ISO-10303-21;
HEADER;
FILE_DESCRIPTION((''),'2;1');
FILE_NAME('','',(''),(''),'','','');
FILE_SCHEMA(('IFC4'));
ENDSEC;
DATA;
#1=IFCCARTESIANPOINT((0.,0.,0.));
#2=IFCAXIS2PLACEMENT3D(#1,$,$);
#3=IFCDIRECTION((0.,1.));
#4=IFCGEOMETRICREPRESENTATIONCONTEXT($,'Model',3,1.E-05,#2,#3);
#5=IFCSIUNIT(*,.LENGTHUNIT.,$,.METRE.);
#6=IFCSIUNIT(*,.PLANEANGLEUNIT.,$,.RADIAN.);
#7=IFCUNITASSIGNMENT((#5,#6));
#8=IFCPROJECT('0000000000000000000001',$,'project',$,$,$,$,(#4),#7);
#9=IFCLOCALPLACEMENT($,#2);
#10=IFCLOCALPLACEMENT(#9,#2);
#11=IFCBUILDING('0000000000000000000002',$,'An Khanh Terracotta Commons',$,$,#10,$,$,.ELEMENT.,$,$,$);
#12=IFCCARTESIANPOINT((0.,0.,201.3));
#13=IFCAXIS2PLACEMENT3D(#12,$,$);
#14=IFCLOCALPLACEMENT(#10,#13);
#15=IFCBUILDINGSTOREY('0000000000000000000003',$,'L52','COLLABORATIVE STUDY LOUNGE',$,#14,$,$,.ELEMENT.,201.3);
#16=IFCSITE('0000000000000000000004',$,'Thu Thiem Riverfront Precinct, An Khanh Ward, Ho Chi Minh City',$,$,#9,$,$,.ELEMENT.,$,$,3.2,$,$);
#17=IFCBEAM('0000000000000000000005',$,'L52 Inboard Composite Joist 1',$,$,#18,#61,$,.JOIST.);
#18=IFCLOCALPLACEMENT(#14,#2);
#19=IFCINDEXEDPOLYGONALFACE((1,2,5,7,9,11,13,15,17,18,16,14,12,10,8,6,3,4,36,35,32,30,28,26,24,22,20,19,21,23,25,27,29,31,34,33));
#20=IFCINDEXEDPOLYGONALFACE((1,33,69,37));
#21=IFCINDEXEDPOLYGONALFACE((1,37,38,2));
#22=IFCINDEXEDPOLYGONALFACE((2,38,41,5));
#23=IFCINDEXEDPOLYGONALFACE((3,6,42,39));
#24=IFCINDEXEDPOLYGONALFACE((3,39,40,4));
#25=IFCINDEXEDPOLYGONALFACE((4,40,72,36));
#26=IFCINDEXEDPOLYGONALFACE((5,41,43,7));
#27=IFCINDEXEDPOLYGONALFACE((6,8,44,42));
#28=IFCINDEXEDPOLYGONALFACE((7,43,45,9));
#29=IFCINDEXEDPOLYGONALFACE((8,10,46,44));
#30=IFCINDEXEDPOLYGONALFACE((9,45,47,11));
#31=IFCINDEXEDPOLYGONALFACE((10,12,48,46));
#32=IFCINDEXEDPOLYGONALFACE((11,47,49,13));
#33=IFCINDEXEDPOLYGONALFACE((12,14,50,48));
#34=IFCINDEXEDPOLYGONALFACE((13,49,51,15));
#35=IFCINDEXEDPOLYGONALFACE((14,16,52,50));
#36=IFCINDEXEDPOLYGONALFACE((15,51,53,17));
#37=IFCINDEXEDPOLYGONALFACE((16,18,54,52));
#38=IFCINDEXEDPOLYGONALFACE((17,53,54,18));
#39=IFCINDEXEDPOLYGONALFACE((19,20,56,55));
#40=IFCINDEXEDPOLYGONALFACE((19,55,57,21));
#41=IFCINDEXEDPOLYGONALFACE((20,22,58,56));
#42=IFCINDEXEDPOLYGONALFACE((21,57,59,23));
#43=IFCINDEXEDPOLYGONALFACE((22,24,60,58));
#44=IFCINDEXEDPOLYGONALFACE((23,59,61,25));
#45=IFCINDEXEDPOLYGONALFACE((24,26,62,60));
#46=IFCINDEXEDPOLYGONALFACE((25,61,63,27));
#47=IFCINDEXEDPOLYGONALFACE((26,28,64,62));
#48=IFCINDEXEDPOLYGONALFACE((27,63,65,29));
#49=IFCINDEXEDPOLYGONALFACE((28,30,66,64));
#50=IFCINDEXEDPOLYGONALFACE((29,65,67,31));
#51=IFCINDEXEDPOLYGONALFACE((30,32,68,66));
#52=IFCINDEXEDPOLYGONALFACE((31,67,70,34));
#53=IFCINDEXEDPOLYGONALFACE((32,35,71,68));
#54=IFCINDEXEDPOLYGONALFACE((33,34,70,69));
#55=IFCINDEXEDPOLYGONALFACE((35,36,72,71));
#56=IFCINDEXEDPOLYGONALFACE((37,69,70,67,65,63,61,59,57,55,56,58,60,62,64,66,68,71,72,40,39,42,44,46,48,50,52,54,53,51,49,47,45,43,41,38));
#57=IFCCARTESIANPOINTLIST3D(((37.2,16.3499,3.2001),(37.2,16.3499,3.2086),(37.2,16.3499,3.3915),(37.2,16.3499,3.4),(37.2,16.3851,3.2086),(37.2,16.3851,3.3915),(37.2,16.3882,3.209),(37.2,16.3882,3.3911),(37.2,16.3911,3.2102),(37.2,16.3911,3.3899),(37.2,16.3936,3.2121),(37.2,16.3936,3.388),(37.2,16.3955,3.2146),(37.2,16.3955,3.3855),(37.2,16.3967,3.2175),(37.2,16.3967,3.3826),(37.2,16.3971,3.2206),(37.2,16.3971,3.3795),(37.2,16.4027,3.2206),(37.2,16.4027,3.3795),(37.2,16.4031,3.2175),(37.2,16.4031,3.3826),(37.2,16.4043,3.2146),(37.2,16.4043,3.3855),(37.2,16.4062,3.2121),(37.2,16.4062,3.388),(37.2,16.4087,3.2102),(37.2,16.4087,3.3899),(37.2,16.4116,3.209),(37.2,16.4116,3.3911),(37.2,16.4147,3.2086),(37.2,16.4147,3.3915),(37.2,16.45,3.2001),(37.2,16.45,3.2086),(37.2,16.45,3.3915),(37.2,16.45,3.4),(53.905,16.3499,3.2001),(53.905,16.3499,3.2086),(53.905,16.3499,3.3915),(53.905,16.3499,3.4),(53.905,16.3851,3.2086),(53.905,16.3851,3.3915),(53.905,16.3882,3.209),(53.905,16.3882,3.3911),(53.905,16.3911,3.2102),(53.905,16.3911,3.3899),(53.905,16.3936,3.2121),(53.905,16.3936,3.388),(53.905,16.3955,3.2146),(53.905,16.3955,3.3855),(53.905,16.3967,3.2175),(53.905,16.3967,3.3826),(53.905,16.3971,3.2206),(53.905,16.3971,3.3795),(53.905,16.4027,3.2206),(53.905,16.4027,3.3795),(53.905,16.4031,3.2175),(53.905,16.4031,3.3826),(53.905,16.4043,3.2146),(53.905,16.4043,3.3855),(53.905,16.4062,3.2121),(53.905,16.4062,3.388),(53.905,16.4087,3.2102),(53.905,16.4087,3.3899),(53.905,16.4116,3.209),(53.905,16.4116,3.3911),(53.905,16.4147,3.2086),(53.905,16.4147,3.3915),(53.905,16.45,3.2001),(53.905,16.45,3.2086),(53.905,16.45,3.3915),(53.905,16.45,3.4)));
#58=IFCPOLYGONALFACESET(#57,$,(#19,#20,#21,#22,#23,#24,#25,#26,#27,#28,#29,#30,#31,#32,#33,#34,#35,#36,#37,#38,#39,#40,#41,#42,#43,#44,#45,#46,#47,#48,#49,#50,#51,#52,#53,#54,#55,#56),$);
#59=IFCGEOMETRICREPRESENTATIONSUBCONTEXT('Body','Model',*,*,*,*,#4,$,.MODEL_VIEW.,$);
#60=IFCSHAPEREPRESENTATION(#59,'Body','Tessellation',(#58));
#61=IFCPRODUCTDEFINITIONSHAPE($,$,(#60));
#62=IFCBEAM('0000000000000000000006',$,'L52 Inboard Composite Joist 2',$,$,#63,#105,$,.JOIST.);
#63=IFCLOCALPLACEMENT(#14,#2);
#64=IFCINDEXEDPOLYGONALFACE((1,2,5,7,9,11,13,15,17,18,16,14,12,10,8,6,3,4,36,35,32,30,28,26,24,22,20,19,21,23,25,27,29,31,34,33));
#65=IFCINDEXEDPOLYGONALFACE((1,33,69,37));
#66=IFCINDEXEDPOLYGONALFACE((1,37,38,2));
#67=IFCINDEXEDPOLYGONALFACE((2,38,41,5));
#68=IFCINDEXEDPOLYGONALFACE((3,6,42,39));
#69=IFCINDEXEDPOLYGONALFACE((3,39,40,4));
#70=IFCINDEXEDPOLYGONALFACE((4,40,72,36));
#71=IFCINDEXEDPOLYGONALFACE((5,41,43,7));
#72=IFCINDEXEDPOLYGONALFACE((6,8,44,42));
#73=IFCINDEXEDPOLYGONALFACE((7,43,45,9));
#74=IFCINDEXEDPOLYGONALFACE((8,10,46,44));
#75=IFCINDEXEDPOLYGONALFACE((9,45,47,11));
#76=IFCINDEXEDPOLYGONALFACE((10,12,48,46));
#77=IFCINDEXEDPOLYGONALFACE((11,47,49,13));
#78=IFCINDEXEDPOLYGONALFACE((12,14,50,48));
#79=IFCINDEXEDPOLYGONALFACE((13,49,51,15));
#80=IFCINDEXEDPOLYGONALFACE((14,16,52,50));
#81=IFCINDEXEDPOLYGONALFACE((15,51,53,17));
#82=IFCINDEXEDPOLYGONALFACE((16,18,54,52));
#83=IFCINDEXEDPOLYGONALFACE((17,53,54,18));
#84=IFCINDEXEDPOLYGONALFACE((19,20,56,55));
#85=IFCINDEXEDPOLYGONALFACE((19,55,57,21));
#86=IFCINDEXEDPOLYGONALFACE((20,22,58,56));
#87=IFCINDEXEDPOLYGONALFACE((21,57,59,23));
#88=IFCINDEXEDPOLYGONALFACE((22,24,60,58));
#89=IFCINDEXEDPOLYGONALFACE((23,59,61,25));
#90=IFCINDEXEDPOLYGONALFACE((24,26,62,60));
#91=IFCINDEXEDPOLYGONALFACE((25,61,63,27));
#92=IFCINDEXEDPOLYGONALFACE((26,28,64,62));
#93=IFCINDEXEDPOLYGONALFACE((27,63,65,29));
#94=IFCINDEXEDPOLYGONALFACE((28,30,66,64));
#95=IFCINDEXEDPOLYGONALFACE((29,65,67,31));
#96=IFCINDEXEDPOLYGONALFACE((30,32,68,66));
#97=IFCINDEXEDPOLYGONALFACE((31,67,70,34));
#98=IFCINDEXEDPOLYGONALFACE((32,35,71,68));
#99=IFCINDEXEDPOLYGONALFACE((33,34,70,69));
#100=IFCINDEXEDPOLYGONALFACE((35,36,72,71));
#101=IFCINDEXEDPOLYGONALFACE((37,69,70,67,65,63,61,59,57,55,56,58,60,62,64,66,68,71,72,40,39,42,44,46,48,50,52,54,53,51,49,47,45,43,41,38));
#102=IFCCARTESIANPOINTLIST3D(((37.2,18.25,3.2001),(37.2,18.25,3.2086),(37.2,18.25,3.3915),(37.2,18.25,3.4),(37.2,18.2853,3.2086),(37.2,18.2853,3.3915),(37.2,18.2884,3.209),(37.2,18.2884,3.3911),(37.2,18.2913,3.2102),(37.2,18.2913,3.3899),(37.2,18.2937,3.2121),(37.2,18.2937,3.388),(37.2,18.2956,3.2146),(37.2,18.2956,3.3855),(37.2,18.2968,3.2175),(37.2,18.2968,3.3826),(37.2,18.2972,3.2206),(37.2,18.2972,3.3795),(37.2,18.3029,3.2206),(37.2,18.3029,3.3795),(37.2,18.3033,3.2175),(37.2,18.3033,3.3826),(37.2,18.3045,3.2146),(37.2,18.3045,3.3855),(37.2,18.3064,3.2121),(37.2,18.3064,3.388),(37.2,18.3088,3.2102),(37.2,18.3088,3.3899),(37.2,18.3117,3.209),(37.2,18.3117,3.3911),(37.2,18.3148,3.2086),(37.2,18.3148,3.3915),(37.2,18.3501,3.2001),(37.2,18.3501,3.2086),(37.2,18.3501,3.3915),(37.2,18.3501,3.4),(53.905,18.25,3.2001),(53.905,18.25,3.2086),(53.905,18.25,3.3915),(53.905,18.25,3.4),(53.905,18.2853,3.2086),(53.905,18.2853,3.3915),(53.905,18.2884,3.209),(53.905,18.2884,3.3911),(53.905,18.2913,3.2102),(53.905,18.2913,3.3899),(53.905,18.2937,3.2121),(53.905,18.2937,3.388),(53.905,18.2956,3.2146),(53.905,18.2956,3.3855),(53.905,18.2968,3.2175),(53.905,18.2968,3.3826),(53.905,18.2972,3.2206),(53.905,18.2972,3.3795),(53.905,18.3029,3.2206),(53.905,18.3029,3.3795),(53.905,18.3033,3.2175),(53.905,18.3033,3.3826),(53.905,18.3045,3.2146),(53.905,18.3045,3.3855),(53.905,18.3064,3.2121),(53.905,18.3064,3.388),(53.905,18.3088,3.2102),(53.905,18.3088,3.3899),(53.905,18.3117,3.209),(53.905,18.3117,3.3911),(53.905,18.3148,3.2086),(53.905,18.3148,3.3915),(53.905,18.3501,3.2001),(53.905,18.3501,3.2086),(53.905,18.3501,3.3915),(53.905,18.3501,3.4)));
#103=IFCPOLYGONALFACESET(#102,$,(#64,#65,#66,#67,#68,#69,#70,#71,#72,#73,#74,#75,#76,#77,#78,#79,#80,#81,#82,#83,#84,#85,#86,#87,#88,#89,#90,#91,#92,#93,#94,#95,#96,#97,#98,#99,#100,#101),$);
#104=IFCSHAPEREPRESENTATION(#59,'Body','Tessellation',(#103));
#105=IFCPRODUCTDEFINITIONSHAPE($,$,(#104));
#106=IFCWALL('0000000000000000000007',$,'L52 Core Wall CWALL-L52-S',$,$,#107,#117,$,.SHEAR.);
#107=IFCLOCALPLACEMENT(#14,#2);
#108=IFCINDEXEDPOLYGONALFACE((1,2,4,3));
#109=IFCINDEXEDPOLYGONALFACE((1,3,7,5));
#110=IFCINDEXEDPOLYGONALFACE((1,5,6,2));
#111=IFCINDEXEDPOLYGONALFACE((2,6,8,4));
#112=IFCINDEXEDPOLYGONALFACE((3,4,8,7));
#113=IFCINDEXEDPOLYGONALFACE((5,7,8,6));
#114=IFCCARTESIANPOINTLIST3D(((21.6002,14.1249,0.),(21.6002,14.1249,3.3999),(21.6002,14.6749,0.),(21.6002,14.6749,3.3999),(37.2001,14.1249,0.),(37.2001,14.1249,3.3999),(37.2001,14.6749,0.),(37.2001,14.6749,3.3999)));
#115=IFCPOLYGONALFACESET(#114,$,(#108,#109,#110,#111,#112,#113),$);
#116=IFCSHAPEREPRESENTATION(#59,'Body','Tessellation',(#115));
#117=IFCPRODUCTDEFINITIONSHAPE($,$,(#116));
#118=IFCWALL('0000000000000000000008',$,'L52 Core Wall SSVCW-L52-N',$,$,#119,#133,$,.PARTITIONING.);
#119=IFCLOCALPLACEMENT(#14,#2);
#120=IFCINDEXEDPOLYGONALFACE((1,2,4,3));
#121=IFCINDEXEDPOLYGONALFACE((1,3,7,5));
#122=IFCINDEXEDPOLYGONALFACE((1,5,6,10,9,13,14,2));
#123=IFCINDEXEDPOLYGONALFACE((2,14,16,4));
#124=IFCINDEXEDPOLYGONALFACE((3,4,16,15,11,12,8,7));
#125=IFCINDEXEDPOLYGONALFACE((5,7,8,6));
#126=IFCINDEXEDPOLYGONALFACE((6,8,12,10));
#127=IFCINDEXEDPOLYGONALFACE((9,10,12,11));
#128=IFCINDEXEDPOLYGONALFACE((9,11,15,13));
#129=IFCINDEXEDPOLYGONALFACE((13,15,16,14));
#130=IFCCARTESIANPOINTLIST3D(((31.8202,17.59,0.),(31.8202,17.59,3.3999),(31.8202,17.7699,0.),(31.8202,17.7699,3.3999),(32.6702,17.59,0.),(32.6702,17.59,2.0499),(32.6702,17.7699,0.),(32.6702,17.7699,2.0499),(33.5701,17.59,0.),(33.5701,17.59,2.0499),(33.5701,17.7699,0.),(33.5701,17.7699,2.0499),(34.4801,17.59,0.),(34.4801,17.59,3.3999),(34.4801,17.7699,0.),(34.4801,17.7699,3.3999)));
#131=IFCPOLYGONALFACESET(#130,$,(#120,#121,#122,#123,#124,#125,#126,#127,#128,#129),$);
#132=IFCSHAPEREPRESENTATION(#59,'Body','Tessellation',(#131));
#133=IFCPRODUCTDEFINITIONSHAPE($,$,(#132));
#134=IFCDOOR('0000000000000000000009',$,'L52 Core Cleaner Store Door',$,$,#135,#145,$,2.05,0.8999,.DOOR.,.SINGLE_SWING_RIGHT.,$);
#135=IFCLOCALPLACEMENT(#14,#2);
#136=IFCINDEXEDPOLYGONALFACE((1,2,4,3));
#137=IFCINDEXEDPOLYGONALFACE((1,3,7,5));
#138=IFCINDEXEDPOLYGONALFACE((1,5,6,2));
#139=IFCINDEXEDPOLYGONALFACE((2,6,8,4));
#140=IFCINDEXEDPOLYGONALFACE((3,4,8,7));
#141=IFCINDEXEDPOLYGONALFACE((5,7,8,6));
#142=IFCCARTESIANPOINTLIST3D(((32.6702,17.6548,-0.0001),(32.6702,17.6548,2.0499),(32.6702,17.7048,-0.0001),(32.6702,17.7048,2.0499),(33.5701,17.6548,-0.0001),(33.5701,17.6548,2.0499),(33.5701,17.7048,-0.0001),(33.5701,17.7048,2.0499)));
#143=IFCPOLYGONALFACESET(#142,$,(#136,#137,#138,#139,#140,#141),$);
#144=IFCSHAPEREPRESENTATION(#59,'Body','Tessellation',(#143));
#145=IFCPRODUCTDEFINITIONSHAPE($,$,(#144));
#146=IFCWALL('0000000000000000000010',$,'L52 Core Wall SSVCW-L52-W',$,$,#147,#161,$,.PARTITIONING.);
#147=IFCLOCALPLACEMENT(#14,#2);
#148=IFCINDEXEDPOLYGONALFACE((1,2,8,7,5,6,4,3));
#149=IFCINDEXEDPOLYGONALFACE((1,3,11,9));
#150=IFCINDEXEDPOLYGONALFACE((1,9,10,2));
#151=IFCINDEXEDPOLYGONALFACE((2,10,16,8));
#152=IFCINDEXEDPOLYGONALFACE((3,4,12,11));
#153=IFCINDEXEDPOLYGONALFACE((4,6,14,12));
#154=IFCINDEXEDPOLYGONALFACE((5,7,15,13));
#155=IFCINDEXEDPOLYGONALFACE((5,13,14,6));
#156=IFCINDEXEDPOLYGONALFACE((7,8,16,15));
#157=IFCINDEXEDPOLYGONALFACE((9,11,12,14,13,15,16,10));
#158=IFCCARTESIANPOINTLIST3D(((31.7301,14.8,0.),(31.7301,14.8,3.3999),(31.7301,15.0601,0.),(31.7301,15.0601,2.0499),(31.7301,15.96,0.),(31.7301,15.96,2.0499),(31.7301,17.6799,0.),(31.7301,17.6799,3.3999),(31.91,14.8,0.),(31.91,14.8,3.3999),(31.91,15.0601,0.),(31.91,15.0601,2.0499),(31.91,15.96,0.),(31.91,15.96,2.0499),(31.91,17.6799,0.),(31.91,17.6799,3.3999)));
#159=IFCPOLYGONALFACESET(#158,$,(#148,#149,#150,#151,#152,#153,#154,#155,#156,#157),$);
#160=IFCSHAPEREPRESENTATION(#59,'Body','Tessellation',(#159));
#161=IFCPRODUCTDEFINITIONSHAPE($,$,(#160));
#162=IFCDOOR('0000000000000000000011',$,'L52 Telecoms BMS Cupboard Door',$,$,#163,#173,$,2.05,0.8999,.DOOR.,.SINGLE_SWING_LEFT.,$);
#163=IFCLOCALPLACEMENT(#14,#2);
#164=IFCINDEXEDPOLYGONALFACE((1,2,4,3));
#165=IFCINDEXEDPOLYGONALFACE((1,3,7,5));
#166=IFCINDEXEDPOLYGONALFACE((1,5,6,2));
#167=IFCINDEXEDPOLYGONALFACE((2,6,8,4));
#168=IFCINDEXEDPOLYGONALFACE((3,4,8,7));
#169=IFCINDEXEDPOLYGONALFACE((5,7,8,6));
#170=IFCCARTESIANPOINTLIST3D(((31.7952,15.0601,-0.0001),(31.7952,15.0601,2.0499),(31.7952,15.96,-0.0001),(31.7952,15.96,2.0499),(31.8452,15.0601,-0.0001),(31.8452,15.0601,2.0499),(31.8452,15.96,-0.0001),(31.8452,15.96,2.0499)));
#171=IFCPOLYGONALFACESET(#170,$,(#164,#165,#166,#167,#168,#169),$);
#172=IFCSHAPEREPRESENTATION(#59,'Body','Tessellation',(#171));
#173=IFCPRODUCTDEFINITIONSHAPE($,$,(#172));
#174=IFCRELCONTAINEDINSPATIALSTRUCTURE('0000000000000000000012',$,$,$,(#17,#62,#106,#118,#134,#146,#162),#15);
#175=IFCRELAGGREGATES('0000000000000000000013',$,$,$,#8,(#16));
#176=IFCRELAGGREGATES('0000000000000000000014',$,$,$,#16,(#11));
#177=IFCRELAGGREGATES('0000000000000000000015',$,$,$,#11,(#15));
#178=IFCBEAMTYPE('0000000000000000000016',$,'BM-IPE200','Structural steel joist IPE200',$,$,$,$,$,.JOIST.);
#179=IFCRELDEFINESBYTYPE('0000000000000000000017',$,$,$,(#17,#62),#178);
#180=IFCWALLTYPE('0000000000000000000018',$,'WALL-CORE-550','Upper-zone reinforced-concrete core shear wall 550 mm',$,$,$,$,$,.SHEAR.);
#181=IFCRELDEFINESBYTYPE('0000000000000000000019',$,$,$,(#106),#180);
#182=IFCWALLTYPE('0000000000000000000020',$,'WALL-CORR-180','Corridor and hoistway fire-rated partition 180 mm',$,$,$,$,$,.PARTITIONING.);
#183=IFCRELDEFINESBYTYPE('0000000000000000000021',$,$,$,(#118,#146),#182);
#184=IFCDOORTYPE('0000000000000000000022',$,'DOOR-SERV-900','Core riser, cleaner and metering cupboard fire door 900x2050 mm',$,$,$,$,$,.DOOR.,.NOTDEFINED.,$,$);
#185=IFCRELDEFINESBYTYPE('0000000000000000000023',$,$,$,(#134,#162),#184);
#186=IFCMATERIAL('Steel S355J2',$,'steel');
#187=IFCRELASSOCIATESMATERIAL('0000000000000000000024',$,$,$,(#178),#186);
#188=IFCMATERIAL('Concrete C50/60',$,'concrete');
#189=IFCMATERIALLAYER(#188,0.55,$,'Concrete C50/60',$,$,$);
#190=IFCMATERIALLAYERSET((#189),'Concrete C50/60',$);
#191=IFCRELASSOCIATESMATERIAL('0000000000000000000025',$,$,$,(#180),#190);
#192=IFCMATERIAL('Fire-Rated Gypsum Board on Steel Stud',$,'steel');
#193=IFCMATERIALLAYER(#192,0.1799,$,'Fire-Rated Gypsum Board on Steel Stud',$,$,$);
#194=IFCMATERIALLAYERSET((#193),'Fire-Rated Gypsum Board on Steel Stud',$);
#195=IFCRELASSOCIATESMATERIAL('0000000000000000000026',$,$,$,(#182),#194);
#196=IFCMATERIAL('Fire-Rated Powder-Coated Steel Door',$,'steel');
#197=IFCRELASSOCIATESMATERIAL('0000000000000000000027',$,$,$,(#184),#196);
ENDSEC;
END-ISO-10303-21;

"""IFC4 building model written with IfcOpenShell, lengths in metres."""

from ifc_helpers import new_model, si_unit, direction, frame, frame_2d, origin, origin_2d, place, context, subcontext, project, spatial, rectangle, i_section, extrude, material, layer, layer_set, material_profile, profile_set, type_object, element, fill, save


model = new_model("IFC4")

# Units and contexts
model_context = context("Model", 3, precision=1e-05, world=origin(), true_north=direction((0.0, 1.0)))
body_context = subcontext(model_context, "Body", "Model", "MODEL_VIEW")
ifc_project = project(units=[si_unit("LENGTHUNIT", "METRE"), si_unit("PLANEANGLEUNIT", "RADIAN")], contexts=[model_context])

# Site, building, storey
site_placement = place(None, origin())
site = spatial("IfcSite", under=ifc_project, at=site_placement, Name="Thu Thiem Riverfront Precinct, An Khanh Ward, Ho Chi Minh City", CompositionType="ELEMENT", RefElevation=3.2)
building_placement = place(site_placement, origin())
building = spatial("IfcBuilding", under=site, at=building_placement, Name="An Khanh Terracotta Commons", CompositionType="ELEMENT")
storey_placement = place(building_placement, frame((0.0, 0.0, 201.3)))
storey = spatial("IfcBuildingStorey", under=building, at=storey_placement, Name="L52", Description="COLLABORATIVE STUDY LOUNGE", CompositionType="ELEMENT", Elevation=201.3)

# Beams
ifc_material_1 = material(Name="Steel S355J2", Category="steel")
ifc_material_profile_1 = material_profile(ifc_material_1, i_section(OverallWidth=0.1001, OverallDepth=0.2, WebThickness=0.0056, FlangeThickness=0.0085, FilletRadius=0.012, at=origin_2d()), Name="IPE200")
ifc_profile_set_1 = profile_set([ifc_material_profile_1], Name="Steel S355J2")
beam_type_1 = type_object("IfcBeamType", Name="BM-IPE200", Description="Structural steel joist IPE200", PredefinedType="JOIST", material=ifc_profile_set_1)
for number, where, z_axis, x_axis, name in (
    (1, (37.2, 16.3999, 3.3), (1.0, 0.0, 0.0), (0.0, 1.0, 0.0), "L52 Inboard Composite Joist 1"),
    (2, (37.2, 18.3, 3.3), (1.0, 0.0, 0.0), (0.0, 1.0, 0.0), "L52 Inboard Composite Joist 2"),
):
    element("IfcBeam", number, at=place(storey_placement, frame(where, z_axis=z_axis, x_axis=x_axis)), inside=storey, type_object=beam_type_1, Name=name, PredefinedType="JOIST", context=body_context, shape_type="SweptSolid", body=[
        extrude(i_section(OverallWidth=0.1001, OverallDepth=0.2, WebThickness=0.0056, FlangeThickness=0.0085, FilletRadius=0.012, at=origin_2d()), origin(), (0.0, 0.0, 1.0), 16.7051),
    ])

# Wall
ifc_material_2 = material(Name="Concrete C50/60", Category="concrete")
ifc_layer_1 = layer(ifc_material_2, 0.55, Name="Concrete C50/60")
ifc_layer_set_1 = layer_set([ifc_layer_1], Name="Concrete C50/60")
wall_type_1 = type_object("IfcWallType", Name="WALL-CORE-550", Description="Upper-zone reinforced-concrete core shear wall 550 mm", PredefinedType="SHEAR", material=ifc_layer_set_1)
wall_1_placement = place(storey_placement, frame((37.2, 14.3999, 0.0), z_axis=(0.0, 0.0, 1.0), x_axis=(-1.0, 0.0, 0.0)))
element("IfcWall", 3, at=wall_1_placement, inside=storey, type_object=wall_type_1, Name="L52 Core Wall CWALL-L52-S", PredefinedType="SHEAR", context=body_context, shape_type="SweptSolid", body=[
    extrude(rectangle(XDim=15.5999, YDim=0.55, at=frame_2d((7.7998, 0.0))), origin(), (0.0, 0.0, 1.0), 3.3999),
])

# Walls, openings, doors
ifc_material_3 = material(Name="Fire-Rated Gypsum Board on Steel Stud", Category="steel")
ifc_layer_2 = layer(ifc_material_3, 0.1799, Name="Fire-Rated Gypsum Board on Steel Stud")
ifc_layer_set_2 = layer_set([ifc_layer_2], Name="Fire-Rated Gypsum Board on Steel Stud")
wall_type_2 = type_object("IfcWallType", Name="WALL-CORR-180", Description="Corridor and hoistway fire-rated partition 180 mm", PredefinedType="PARTITIONING", material=ifc_layer_set_2)
wall_2_placement = place(storey_placement, frame((31.8201, 17.6799, 0.0), z_axis=(0.0, 0.0, 1.0), x_axis=(1.0, 0.0, 0.0)))
wall_2 = element("IfcWall", 4, at=wall_2_placement, inside=storey, type_object=wall_type_2, Name="L52 Core Wall SSVCW-L52-N", PredefinedType="PARTITIONING", context=body_context, shape_type="SweptSolid", body=[
    extrude(rectangle(XDim=2.6599, YDim=0.1799, at=frame_2d((1.3301, 0.0))), origin(), (0.0, 0.0, 1.0), 3.3999),
])
opening_1_placement = place(wall_2_placement, frame((0.8501, 0.0, 0.0)))
opening_1 = element("IfcOpeningElement", 5, at=opening_1_placement, cuts=wall_2, PredefinedType="OPENING", context=body_context, shape_type="SweptSolid", body=[
    extrude(rectangle(XDim=0.8999, YDim=2.05, at=frame_2d((0.45, 1.0249))), frame((0.0, 0.0999, 0.0), z_axis=(0.0, -1.0, 0.0), x_axis=(1.0, 0.0, 0.0)), (0.0, 0.0, 1.0), 0.2),
])
ifc_material_4 = material(Name="Fire-Rated Powder-Coated Steel Door", Category="steel")
door_type_1 = type_object("IfcDoorType", Name="DOOR-SERV-900", Description="Core riser, cleaner and metering cupboard fire door 900x2050 mm", OperationType="NOTDEFINED", PredefinedType="DOOR", material=ifc_material_4)
door_1_placement = place(opening_1_placement, origin())
door_1 = element("IfcDoor", 6, at=door_1_placement, inside=storey, type_object=door_type_1, Name="L52 Core Cleaner Store Door", OperationType="SINGLE_SWING_RIGHT", OverallHeight=2.05, OverallWidth=0.8999, PredefinedType="DOOR", context=body_context, shape_type="SweptSolid", body=[
    extrude(rectangle(XDim=0.8999, YDim=2.05, at=frame_2d((0.45, 1.0249))), frame((0.0, 0.0249, 0.0), z_axis=(0.0, -1.0, 0.0), x_axis=(1.0, 0.0, 0.0)), (0.0, 0.0, 1.0), 0.05),
])
fill(opening_1, door_1)
wall_3_placement = place(storey_placement, frame((31.8201, 14.8, 0.0), z_axis=(0.0, 0.0, 1.0), x_axis=(0.0, 1.0, 0.0)))
wall_3 = element("IfcWall", 7, at=wall_3_placement, inside=storey, type_object=wall_type_2, Name="L52 Core Wall SSVCW-L52-W", PredefinedType="PARTITIONING", context=body_context, shape_type="SweptSolid", body=[
    extrude(rectangle(XDim=2.8799, YDim=0.1799, at=frame_2d((1.4399, 0.0))), origin(), (0.0, 0.0, 1.0), 3.3999),
])
opening_2_placement = place(wall_3_placement, frame((0.26, 0.0, 0.0)))
opening_2 = element("IfcOpeningElement", 8, at=opening_2_placement, cuts=wall_3, PredefinedType="OPENING", context=body_context, shape_type="SweptSolid", body=[
    extrude(rectangle(XDim=0.8999, YDim=2.05, at=frame_2d((0.45, 1.0249))), frame((0.0, 0.0999, 0.0), z_axis=(0.0, -1.0, 0.0), x_axis=(1.0, 0.0, 0.0)), (0.0, 0.0, 1.0), 0.2),
])
door_2_placement = place(opening_2_placement, origin())
door_2 = element("IfcDoor", 9, at=door_2_placement, inside=storey, type_object=door_type_1, Name="L52 Telecoms BMS Cupboard Door", OperationType="SINGLE_SWING_LEFT", OverallHeight=2.05, OverallWidth=0.8999, PredefinedType="DOOR", context=body_context, shape_type="SweptSolid", body=[
    extrude(rectangle(XDim=0.8999, YDim=2.05, at=frame_2d((0.45, 1.0249))), frame((0.0, 0.0249, 0.0), z_axis=(0.0, -1.0, 0.0), x_axis=(1.0, 0.0, 0.0)), (0.0, 0.0, 1.0), 0.05),
])
fill(opening_2, door_2)

save(model, "model.ifc")
